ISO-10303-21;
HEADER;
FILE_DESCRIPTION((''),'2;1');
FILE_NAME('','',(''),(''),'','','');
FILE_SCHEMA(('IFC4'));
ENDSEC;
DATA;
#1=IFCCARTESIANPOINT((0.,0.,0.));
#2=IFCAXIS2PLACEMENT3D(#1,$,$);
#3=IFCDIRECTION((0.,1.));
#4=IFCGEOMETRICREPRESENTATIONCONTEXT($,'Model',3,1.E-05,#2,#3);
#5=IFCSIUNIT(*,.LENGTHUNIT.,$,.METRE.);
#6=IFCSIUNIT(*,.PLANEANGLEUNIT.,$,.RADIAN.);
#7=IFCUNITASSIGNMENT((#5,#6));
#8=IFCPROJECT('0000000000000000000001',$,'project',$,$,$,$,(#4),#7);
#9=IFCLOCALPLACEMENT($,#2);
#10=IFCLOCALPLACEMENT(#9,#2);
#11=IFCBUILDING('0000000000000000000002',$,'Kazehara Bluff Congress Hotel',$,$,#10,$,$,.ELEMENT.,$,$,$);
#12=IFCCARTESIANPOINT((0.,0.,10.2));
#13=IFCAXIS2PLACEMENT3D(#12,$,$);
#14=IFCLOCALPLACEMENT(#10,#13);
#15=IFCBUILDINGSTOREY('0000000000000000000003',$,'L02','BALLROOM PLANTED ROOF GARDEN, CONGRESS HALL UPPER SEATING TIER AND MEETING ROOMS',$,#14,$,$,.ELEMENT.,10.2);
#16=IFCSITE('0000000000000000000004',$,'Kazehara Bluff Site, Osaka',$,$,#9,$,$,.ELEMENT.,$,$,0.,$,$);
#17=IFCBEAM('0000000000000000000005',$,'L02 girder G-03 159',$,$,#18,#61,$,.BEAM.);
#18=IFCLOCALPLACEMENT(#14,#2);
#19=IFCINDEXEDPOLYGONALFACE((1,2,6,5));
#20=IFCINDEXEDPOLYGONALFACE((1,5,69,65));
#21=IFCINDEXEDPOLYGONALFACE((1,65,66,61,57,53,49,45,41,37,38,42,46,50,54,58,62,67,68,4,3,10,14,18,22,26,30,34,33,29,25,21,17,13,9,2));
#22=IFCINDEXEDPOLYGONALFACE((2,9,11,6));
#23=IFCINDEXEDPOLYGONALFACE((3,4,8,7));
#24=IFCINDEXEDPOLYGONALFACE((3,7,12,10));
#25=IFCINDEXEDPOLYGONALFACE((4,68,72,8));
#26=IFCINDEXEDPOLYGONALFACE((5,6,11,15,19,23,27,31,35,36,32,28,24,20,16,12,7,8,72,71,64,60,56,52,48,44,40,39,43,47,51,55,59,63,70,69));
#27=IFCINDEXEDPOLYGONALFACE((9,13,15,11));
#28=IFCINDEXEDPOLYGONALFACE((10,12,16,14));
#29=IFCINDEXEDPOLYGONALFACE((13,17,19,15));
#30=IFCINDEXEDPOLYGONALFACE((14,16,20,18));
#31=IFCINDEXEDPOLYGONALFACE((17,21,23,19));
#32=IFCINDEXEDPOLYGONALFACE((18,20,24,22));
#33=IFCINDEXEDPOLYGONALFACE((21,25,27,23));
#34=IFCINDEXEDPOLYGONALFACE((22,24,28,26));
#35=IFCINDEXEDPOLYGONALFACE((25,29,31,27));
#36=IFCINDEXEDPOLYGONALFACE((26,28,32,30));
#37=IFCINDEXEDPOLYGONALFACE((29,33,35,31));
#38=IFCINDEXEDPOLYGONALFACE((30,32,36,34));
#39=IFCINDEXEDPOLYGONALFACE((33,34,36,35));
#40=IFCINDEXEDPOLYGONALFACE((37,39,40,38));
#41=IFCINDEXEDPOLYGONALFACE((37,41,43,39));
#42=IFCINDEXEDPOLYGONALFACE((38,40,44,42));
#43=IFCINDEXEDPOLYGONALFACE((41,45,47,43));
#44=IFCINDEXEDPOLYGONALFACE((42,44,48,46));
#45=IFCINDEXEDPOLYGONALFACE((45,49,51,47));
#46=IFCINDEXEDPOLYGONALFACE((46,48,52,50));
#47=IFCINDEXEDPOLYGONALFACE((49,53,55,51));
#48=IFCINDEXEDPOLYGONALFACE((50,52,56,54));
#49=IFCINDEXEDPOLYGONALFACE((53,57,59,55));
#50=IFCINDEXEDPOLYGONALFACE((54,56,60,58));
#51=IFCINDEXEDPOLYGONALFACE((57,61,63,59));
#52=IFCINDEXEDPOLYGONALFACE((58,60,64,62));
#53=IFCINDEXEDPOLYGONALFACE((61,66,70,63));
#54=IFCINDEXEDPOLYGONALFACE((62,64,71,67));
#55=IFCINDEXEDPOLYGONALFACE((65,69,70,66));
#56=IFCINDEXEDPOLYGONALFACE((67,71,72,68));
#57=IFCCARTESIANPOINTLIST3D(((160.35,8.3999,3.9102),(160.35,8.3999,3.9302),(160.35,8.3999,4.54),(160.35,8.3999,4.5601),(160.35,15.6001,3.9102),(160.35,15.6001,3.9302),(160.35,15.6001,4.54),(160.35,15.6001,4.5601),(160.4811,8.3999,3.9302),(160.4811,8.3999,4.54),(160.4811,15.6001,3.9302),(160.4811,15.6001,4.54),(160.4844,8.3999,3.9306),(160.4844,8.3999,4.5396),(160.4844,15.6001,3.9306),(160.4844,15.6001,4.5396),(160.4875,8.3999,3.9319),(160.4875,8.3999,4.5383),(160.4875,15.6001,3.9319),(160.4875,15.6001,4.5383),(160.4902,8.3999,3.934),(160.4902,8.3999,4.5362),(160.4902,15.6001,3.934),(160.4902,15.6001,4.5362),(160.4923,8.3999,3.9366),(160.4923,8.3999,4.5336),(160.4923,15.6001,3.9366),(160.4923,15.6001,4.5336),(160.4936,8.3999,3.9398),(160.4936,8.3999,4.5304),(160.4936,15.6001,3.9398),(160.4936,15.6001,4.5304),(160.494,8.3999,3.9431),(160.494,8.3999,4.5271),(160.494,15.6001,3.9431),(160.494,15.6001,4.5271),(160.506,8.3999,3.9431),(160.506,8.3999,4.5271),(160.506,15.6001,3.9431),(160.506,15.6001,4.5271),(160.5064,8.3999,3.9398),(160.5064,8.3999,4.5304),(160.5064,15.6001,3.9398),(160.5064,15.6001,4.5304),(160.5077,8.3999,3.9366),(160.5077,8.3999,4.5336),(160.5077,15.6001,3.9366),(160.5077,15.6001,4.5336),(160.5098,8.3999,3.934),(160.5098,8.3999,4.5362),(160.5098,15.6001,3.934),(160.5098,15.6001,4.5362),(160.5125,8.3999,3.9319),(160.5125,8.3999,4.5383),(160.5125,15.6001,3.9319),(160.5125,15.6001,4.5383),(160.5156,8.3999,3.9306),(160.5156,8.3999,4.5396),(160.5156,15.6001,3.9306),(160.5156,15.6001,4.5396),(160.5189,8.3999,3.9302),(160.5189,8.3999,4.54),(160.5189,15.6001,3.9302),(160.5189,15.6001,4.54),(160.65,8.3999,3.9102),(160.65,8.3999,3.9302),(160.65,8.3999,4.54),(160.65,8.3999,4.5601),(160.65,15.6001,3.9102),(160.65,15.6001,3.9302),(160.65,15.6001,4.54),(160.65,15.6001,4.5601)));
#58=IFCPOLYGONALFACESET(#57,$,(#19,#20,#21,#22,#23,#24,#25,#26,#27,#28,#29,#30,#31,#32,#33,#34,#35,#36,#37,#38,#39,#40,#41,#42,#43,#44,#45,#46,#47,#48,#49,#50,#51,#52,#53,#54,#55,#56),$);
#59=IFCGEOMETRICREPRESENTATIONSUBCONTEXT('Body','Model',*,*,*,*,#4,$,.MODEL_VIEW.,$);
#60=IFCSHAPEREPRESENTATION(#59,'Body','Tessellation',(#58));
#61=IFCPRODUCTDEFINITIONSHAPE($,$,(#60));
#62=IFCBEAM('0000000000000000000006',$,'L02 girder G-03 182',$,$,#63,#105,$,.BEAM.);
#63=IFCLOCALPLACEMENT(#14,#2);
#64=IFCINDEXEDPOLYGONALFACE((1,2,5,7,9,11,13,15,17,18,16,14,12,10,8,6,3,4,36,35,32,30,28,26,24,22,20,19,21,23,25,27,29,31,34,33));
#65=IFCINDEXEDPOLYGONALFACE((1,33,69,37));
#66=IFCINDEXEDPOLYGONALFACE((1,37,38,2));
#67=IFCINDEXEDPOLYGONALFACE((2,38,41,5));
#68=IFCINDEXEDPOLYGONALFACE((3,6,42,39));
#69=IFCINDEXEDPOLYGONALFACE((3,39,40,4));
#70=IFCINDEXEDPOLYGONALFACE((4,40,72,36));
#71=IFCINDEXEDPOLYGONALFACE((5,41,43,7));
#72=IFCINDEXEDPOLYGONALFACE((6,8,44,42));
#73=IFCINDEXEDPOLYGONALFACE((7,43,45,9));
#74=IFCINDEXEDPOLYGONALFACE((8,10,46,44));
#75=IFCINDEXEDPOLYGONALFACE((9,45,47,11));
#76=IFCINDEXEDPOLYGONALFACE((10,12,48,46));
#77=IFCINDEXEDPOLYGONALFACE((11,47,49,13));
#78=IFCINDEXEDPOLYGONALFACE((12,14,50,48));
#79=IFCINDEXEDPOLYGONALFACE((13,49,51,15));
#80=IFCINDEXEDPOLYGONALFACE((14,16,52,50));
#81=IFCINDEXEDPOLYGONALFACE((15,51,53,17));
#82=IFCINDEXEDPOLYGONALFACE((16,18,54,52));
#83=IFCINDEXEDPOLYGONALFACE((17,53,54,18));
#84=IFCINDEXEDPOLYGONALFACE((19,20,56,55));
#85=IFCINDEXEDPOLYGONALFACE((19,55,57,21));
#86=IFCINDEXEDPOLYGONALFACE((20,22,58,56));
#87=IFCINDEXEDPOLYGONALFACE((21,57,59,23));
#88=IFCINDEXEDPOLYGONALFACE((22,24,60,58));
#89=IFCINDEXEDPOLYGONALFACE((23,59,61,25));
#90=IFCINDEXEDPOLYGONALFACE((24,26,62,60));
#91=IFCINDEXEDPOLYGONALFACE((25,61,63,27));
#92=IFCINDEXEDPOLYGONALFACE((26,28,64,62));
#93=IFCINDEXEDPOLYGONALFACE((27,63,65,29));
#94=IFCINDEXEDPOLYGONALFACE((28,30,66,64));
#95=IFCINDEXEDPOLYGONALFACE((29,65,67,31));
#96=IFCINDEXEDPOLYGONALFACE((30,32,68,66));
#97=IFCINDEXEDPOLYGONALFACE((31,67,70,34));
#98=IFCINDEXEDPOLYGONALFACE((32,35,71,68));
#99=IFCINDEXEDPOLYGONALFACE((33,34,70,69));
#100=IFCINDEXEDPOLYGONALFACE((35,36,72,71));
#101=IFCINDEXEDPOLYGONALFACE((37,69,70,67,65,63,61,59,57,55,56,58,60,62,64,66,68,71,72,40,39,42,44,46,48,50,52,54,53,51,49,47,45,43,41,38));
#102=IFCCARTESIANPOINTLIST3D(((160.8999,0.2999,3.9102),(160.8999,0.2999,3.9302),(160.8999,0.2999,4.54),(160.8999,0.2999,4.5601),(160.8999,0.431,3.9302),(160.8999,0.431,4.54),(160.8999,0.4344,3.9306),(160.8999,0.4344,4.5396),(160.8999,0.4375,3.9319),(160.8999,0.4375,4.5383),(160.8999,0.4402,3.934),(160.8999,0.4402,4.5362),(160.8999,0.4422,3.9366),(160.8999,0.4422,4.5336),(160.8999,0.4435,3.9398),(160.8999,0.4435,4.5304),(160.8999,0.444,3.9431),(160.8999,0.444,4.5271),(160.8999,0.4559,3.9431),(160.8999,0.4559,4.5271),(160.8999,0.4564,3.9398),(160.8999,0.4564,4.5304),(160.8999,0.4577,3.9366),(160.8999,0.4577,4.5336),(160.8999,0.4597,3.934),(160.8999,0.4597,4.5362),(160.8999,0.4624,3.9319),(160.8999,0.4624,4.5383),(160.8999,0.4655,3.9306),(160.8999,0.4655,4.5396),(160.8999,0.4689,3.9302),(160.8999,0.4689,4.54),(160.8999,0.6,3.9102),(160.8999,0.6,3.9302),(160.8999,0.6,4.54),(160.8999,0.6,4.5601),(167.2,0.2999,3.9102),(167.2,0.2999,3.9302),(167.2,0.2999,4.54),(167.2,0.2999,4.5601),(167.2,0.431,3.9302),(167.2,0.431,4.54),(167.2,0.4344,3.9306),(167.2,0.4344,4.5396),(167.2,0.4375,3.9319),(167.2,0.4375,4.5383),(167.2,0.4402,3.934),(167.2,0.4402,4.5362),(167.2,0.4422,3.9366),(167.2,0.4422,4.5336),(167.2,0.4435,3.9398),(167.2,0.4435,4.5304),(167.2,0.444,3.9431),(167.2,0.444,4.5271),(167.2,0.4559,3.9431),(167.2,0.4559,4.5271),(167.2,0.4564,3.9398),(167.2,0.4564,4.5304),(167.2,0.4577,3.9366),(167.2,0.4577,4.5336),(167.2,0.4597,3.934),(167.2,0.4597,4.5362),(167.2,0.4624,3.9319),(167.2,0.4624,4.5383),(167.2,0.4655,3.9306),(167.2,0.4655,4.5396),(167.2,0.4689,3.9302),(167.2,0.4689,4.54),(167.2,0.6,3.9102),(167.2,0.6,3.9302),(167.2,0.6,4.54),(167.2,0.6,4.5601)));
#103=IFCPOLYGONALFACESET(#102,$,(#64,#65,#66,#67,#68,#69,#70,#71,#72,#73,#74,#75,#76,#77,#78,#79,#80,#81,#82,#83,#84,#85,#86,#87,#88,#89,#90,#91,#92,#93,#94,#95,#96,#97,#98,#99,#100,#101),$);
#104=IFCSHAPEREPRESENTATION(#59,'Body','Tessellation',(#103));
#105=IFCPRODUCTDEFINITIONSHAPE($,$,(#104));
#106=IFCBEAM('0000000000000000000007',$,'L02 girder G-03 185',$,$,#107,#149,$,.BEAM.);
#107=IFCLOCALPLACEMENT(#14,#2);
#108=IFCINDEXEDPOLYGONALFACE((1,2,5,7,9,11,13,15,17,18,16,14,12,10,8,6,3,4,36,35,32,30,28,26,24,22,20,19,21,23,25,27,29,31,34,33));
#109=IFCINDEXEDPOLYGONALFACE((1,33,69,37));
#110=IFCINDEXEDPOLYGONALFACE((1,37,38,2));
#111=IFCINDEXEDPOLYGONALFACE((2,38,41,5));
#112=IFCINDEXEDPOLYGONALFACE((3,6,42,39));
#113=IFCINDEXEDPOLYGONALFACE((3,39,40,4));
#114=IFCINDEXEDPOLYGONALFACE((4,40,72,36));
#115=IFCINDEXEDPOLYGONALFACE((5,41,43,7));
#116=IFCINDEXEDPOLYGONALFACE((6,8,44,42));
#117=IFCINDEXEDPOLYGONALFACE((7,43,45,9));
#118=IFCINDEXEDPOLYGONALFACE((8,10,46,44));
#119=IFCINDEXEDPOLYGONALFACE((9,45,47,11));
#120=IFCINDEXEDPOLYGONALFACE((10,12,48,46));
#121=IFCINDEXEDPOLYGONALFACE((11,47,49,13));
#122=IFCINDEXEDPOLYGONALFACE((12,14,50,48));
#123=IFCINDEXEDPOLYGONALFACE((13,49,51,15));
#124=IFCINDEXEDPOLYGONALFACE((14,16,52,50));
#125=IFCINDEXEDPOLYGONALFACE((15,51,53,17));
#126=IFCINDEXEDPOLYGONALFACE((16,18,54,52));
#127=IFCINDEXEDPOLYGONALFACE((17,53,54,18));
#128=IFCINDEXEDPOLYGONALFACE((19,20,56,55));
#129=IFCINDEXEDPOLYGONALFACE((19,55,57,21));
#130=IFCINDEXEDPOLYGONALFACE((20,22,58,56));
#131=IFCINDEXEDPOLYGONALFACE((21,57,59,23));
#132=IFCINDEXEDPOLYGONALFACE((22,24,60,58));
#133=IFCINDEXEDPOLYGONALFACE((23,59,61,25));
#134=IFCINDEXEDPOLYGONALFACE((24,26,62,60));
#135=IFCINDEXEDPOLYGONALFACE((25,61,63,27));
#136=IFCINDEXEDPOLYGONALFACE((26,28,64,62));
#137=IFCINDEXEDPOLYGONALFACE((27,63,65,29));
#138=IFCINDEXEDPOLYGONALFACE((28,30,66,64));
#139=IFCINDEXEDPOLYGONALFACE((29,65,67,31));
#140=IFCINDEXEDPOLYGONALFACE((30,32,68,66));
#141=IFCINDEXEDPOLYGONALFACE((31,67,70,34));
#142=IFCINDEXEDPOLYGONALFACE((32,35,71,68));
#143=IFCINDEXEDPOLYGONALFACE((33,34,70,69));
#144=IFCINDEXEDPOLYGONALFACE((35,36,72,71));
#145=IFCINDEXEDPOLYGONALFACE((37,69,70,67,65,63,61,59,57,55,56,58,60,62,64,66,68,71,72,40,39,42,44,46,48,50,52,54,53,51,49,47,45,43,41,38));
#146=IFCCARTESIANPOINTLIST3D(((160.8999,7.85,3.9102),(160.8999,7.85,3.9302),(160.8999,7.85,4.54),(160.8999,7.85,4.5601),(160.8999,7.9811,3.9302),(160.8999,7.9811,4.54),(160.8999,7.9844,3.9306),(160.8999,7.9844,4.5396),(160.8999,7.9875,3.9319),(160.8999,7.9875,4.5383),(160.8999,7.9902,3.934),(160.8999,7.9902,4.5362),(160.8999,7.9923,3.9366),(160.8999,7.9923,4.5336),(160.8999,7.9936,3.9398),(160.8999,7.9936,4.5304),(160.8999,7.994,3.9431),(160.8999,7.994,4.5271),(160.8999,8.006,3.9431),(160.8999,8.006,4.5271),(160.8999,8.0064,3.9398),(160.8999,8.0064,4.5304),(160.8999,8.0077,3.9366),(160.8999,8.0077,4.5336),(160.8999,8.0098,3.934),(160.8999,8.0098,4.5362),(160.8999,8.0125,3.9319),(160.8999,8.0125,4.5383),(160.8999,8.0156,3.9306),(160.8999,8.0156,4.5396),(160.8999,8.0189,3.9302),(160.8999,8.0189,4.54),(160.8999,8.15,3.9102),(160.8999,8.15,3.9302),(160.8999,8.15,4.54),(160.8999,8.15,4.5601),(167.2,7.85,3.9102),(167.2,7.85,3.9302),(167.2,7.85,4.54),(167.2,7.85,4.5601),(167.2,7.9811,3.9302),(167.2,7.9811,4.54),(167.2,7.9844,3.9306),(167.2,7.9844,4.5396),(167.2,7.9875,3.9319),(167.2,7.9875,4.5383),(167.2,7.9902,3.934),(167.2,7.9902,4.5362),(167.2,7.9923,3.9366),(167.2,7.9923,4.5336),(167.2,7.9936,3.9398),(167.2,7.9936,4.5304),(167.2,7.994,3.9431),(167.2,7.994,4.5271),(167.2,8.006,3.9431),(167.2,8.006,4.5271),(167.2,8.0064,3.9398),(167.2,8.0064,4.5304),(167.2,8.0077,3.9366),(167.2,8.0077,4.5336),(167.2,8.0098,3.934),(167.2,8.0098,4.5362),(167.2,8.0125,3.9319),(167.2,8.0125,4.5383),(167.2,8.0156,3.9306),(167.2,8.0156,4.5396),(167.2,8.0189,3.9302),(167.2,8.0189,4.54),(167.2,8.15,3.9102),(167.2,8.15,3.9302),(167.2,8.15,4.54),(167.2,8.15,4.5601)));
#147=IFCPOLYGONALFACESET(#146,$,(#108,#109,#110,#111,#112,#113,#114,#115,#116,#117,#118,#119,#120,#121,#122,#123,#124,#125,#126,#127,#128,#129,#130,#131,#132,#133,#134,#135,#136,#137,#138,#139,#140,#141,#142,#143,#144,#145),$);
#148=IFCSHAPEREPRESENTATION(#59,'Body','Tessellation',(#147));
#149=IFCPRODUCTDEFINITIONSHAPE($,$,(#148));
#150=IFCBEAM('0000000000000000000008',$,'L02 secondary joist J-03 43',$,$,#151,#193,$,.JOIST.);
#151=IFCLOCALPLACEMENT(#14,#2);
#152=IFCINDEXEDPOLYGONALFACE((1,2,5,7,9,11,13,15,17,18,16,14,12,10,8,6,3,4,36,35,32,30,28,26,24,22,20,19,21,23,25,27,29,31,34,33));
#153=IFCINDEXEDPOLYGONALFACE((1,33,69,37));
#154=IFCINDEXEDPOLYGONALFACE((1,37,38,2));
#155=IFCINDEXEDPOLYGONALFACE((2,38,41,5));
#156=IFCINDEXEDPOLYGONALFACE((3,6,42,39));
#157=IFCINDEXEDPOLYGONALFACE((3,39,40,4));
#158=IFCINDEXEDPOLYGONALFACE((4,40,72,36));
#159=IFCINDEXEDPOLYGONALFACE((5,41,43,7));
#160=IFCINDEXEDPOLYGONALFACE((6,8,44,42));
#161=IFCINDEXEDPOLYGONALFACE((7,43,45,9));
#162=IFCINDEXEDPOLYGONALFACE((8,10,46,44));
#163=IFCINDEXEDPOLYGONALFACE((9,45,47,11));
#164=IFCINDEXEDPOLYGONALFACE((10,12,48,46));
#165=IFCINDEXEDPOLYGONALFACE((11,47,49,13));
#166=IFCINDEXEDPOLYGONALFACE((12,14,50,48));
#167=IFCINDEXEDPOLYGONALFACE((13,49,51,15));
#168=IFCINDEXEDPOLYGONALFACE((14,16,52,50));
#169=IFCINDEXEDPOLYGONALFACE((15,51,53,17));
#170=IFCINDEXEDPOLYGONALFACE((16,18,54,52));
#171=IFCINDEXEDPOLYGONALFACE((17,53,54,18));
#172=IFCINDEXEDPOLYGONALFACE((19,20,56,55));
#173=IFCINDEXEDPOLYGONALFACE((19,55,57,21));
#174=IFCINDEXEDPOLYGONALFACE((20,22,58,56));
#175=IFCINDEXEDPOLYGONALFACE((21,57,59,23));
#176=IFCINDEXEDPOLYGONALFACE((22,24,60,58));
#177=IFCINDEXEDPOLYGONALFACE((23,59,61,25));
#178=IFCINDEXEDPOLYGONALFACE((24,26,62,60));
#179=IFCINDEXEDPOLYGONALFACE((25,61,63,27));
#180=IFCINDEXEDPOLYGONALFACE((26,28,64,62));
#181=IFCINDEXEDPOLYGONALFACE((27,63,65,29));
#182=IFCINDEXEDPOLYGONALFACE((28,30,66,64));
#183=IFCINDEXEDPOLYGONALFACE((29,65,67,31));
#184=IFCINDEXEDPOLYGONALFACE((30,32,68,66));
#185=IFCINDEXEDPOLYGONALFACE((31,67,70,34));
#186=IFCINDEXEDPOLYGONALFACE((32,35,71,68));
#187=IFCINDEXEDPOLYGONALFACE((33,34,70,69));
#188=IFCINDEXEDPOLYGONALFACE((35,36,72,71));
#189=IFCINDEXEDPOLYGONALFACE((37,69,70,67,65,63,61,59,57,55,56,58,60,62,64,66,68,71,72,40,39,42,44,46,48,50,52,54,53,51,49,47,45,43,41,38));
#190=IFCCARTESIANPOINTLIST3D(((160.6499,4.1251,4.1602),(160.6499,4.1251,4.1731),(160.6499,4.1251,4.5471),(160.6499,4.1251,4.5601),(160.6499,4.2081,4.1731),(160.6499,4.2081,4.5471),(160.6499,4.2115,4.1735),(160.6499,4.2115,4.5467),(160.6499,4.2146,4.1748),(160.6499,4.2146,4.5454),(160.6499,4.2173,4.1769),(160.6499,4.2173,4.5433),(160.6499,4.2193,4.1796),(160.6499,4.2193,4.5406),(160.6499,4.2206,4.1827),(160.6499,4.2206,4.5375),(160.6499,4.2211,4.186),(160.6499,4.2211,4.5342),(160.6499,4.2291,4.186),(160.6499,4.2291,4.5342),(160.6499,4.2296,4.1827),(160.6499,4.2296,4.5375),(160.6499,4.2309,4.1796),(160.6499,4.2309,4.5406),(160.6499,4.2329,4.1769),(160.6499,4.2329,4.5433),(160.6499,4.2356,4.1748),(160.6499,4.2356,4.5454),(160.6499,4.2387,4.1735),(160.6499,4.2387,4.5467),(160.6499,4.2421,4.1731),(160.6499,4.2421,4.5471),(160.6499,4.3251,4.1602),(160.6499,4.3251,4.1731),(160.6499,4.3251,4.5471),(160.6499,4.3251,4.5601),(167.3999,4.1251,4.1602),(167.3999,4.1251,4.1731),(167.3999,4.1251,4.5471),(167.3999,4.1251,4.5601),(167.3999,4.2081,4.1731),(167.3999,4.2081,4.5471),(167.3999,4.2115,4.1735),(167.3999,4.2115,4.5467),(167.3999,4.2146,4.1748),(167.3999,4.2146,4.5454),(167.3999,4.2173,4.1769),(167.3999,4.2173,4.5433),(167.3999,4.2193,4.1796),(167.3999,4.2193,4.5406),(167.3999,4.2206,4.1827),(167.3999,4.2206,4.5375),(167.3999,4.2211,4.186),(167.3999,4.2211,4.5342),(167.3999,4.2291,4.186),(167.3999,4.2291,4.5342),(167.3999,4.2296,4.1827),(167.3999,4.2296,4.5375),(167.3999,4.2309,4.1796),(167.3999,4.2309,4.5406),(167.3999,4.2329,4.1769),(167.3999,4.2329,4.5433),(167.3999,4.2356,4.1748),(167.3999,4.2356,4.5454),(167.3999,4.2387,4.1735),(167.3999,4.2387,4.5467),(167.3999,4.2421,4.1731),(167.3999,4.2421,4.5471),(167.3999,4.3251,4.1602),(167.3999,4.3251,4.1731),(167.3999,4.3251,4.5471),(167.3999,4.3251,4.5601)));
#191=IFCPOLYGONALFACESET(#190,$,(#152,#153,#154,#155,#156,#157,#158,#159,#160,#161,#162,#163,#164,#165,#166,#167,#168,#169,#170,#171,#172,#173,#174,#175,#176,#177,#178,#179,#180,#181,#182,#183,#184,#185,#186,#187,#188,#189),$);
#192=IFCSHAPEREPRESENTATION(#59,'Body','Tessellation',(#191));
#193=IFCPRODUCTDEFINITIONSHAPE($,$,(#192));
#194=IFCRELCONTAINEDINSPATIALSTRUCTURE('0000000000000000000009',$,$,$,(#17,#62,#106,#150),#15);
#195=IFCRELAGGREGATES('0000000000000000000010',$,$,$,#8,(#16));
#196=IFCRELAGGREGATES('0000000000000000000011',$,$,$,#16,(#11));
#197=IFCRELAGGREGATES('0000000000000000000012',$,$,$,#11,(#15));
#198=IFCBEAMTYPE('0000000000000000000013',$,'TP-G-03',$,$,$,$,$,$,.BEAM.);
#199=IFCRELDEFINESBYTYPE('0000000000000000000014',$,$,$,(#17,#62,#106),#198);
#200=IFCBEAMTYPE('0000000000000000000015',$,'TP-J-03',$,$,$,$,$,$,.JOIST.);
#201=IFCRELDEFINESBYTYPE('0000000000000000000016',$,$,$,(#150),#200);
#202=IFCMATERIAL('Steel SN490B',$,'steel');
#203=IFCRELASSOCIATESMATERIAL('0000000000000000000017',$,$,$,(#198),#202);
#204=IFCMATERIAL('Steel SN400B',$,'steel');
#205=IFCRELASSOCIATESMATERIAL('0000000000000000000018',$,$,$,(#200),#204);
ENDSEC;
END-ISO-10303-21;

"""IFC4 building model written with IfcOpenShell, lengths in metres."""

from ifc_helpers import new_model, si_unit, direction, frame, origin, origin_2d, place, context, subcontext, project, spatial, i_section, extrude, material, material_profile, profile_set, type_object, element, save


model = new_model("IFC4")

# Units and contexts
model_context = context("Model", 3, precision=1e-05, world=origin(), true_north=direction((0.0, 1.0)))
body_context = subcontext(model_context, "Body", "Model", "MODEL_VIEW")
ifc_project = project(units=[si_unit("LENGTHUNIT", "METRE"), si_unit("PLANEANGLEUNIT", "RADIAN")], contexts=[model_context])

# Site, building, storey
site_placement = place(None, origin())
site = spatial("IfcSite", under=ifc_project, at=site_placement, Name="Kazehara Bluff Site, Osaka", CompositionType="ELEMENT", RefElevation=0.0)
building_placement = place(site_placement, origin())
building = spatial("IfcBuilding", under=site, at=building_placement, Name="Kazehara Bluff Congress Hotel", CompositionType="ELEMENT")
storey_placement = place(building_placement, frame((0.0, 0.0, 10.2)))
storey = spatial("IfcBuildingStorey", under=building, at=storey_placement, Name="L02", Description="BALLROOM PLANTED ROOF GARDEN, CONGRESS HALL UPPER SEATING TIER AND MEETING ROOMS", CompositionType="ELEMENT", Elevation=10.2)

# Beams
ifc_material_1 = material(Name="Steel SN490B", Category="steel")
ifc_material_profile_1 = material_profile(ifc_material_1, i_section(OverallWidth=0.3, OverallDepth=0.6499, WebThickness=0.012, FlangeThickness=0.02, FilletRadius=0.0129, at=origin_2d()))
ifc_profile_set_1 = profile_set([ifc_material_profile_1], Name="Steel SN490B")
beam_type_1 = type_object("IfcBeamType", Name="TP-G-03", PredefinedType="BEAM", material=ifc_profile_set_1)
beam_1_placement = place(storey_placement, frame((160.5, 8.3999, 4.2351), z_axis=(0.0, 1.0, 0.0), x_axis=(-1.0, 0.0, 0.0)))
element("IfcBeam", 1, at=beam_1_placement, inside=storey, type_object=beam_type_1, Name="L02 girder G-03 159", PredefinedType="BEAM", context=body_context, shape_type="SweptSolid", body=[
    extrude(i_section(OverallWidth=0.3, OverallDepth=0.6499, WebThickness=0.012, FlangeThickness=0.02, FilletRadius=0.0129, at=origin_2d()), origin(), (0.0, 0.0, 1.0), 7.2002),
])
for number, where, z_axis, x_axis, name in (
    (2, (160.8999, 0.45, 4.2351), (1.0, 0.0, 0.0), (0.0, 1.0, 0.0), "L02 girder G-03 182"),
    (3, (160.8999, 8.0, 4.2351), (1.0, 0.0, 0.0), (0.0, 1.0, 0.0), "L02 girder G-03 185"),
):
    element("IfcBeam", number, at=place(storey_placement, frame(where, z_axis=z_axis, x_axis=x_axis)), inside=storey, type_object=beam_type_1, Name=name, PredefinedType="BEAM", context=body_context, shape_type="SweptSolid", body=[
        extrude(i_section(OverallWidth=0.3, OverallDepth=0.6499, WebThickness=0.012, FlangeThickness=0.02, FilletRadius=0.0129, at=origin_2d()), origin(), (0.0, 0.0, 1.0), 6.3),
    ])
ifc_material_2 = material(Name="Steel SN400B", Category="steel")
ifc_material_profile_2 = material_profile(ifc_material_2, i_section(OverallWidth=0.2, OverallDepth=0.3999, WebThickness=0.0081, FlangeThickness=0.0129, FilletRadius=0.0129, at=origin_2d()))
ifc_profile_set_2 = profile_set([ifc_material_profile_2], Name="Steel SN400B")
beam_type_2 = type_object("IfcBeamType", Name="TP-J-03", PredefinedType="JOIST", material=ifc_profile_set_2)
for number, where, z_axis, x_axis, name in (
    (4, (160.6499, 4.2251, 4.3601), (1.0, 0.0, 0.0), (0.0, 1.0, 0.0), "L02 secondary joist J-03 43"),
):
    element("IfcBeam", number, at=place(storey_placement, frame(where, z_axis=z_axis, x_axis=x_axis)), inside=storey, type_object=beam_type_2, Name=name, PredefinedType="JOIST", context=body_context, shape_type="SweptSolid", body=[
        extrude(i_section(OverallWidth=0.2, OverallDepth=0.3999, WebThickness=0.0081, FlangeThickness=0.0129, FilletRadius=0.0129, at=origin_2d()), origin(), (0.0, 0.0, 1.0), 6.75),
    ])

save(model, "model.ifc")
